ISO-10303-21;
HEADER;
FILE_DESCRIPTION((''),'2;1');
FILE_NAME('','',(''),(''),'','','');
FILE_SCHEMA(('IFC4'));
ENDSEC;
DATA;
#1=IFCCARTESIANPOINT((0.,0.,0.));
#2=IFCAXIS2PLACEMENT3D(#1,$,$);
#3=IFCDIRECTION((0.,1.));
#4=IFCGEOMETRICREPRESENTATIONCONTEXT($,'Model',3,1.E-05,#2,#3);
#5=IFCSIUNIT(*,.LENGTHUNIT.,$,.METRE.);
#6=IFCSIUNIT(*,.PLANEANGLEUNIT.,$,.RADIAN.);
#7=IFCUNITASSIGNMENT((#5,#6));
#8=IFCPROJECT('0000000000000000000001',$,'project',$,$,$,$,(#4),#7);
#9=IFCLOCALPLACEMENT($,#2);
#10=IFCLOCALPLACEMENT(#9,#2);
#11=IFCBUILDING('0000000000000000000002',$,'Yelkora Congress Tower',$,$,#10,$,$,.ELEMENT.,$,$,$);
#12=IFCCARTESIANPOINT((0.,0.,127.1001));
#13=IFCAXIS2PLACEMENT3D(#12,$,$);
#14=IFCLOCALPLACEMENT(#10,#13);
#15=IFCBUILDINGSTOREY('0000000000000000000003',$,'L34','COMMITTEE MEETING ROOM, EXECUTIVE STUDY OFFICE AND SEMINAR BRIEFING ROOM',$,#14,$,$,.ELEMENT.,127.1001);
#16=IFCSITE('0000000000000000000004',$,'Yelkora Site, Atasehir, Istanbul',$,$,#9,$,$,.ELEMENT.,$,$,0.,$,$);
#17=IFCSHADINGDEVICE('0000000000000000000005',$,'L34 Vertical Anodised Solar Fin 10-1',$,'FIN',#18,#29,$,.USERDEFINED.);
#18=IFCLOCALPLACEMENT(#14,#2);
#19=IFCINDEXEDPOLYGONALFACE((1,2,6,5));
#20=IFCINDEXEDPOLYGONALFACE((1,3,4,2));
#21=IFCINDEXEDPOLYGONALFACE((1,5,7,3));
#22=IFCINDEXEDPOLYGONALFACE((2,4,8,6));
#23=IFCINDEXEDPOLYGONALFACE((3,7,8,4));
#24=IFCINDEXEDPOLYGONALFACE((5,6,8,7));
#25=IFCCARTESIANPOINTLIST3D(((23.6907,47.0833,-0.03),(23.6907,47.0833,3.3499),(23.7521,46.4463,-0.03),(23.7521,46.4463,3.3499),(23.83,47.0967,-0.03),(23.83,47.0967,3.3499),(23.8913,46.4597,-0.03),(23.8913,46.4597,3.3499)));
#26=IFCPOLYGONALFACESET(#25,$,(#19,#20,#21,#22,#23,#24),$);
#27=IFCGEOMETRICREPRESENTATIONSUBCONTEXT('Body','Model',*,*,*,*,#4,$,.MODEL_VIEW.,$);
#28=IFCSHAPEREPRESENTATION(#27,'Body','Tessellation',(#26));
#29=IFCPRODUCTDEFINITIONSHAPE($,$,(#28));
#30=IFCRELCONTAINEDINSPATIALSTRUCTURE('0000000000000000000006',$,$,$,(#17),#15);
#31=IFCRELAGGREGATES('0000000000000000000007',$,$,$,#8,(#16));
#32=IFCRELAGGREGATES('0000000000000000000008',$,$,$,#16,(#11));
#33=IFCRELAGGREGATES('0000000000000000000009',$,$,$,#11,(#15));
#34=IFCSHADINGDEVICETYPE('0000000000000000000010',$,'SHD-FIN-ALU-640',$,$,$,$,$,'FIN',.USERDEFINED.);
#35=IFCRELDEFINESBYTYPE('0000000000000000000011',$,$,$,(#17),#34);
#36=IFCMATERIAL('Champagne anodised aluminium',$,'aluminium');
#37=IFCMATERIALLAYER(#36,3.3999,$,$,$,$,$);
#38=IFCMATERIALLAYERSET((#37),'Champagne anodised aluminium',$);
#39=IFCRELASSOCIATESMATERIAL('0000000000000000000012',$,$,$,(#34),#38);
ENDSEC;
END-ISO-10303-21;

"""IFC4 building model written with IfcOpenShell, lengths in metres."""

from ifc_helpers import new_model, si_unit, direction, frame, origin, origin_2d, place, context, subcontext, project, spatial, rectangle, extrude, material, layer, layer_set, type_object, element, save


model = new_model("IFC4")

# Units and contexts
model_context = context("Model", 3, precision=1e-05, world=origin(), true_north=direction((0.0, 1.0)))
body_context = subcontext(model_context, "Body", "Model", "MODEL_VIEW")
ifc_project = project(units=[si_unit("LENGTHUNIT", "METRE"), si_unit("PLANEANGLEUNIT", "RADIAN")], contexts=[model_context])

# Site, building, storey
site_placement = place(None, origin())
site = spatial("IfcSite", under=ifc_project, at=site_placement, Name="Yelkora Site, Atasehir, Istanbul", CompositionType="ELEMENT", RefElevation=0.0)
building_placement = place(site_placement, origin())
building = spatial("IfcBuilding", under=site, at=building_placement, Name="Yelkora Congress Tower", CompositionType="ELEMENT")
storey_placement = place(building_placement, frame((0.0, 0.0, 127.1001)))
storey = spatial("IfcBuildingStorey", under=building, at=storey_placement, Name="L34", Description="COMMITTEE MEETING ROOM, EXECUTIVE STUDY OFFICE AND SEMINAR BRIEFING ROOM", CompositionType="ELEMENT", Elevation=127.1001)

# Shading device
ifc_material_1 = material(Name="Champagne anodised aluminium", Category="aluminium")
ifc_layer_1 = layer(ifc_material_1, 3.3999)
ifc_layer_set_1 = layer_set([ifc_layer_1], Name="Champagne anodised aluminium")
shading_device_type = type_object("IfcShadingDeviceType", Name="SHD-FIN-ALU-640", ElementType="FIN", PredefinedType="USERDEFINED", material=ifc_layer_set_1)
shading_device_placement = place(storey_placement, frame((23.791, 46.7715, -0.03), z_axis=(0.0, 0.0, 1.0), x_axis=(0.995396, 0.095846, 0.0)))
element("IfcShadingDevice", 1, at=shading_device_placement, inside=storey, type_object=shading_device_type, Name="L34 Vertical Anodised Solar Fin 10-1", ObjectType="FIN", PredefinedType="USERDEFINED", context=body_context, shape_type="SweptSolid", body=[
    extrude(rectangle(XDim=0.1399, YDim=0.6399, at=origin_2d()), origin(), (0.0, 0.0, 1.0), 3.3799),
])

save(model, "model.ifc")
